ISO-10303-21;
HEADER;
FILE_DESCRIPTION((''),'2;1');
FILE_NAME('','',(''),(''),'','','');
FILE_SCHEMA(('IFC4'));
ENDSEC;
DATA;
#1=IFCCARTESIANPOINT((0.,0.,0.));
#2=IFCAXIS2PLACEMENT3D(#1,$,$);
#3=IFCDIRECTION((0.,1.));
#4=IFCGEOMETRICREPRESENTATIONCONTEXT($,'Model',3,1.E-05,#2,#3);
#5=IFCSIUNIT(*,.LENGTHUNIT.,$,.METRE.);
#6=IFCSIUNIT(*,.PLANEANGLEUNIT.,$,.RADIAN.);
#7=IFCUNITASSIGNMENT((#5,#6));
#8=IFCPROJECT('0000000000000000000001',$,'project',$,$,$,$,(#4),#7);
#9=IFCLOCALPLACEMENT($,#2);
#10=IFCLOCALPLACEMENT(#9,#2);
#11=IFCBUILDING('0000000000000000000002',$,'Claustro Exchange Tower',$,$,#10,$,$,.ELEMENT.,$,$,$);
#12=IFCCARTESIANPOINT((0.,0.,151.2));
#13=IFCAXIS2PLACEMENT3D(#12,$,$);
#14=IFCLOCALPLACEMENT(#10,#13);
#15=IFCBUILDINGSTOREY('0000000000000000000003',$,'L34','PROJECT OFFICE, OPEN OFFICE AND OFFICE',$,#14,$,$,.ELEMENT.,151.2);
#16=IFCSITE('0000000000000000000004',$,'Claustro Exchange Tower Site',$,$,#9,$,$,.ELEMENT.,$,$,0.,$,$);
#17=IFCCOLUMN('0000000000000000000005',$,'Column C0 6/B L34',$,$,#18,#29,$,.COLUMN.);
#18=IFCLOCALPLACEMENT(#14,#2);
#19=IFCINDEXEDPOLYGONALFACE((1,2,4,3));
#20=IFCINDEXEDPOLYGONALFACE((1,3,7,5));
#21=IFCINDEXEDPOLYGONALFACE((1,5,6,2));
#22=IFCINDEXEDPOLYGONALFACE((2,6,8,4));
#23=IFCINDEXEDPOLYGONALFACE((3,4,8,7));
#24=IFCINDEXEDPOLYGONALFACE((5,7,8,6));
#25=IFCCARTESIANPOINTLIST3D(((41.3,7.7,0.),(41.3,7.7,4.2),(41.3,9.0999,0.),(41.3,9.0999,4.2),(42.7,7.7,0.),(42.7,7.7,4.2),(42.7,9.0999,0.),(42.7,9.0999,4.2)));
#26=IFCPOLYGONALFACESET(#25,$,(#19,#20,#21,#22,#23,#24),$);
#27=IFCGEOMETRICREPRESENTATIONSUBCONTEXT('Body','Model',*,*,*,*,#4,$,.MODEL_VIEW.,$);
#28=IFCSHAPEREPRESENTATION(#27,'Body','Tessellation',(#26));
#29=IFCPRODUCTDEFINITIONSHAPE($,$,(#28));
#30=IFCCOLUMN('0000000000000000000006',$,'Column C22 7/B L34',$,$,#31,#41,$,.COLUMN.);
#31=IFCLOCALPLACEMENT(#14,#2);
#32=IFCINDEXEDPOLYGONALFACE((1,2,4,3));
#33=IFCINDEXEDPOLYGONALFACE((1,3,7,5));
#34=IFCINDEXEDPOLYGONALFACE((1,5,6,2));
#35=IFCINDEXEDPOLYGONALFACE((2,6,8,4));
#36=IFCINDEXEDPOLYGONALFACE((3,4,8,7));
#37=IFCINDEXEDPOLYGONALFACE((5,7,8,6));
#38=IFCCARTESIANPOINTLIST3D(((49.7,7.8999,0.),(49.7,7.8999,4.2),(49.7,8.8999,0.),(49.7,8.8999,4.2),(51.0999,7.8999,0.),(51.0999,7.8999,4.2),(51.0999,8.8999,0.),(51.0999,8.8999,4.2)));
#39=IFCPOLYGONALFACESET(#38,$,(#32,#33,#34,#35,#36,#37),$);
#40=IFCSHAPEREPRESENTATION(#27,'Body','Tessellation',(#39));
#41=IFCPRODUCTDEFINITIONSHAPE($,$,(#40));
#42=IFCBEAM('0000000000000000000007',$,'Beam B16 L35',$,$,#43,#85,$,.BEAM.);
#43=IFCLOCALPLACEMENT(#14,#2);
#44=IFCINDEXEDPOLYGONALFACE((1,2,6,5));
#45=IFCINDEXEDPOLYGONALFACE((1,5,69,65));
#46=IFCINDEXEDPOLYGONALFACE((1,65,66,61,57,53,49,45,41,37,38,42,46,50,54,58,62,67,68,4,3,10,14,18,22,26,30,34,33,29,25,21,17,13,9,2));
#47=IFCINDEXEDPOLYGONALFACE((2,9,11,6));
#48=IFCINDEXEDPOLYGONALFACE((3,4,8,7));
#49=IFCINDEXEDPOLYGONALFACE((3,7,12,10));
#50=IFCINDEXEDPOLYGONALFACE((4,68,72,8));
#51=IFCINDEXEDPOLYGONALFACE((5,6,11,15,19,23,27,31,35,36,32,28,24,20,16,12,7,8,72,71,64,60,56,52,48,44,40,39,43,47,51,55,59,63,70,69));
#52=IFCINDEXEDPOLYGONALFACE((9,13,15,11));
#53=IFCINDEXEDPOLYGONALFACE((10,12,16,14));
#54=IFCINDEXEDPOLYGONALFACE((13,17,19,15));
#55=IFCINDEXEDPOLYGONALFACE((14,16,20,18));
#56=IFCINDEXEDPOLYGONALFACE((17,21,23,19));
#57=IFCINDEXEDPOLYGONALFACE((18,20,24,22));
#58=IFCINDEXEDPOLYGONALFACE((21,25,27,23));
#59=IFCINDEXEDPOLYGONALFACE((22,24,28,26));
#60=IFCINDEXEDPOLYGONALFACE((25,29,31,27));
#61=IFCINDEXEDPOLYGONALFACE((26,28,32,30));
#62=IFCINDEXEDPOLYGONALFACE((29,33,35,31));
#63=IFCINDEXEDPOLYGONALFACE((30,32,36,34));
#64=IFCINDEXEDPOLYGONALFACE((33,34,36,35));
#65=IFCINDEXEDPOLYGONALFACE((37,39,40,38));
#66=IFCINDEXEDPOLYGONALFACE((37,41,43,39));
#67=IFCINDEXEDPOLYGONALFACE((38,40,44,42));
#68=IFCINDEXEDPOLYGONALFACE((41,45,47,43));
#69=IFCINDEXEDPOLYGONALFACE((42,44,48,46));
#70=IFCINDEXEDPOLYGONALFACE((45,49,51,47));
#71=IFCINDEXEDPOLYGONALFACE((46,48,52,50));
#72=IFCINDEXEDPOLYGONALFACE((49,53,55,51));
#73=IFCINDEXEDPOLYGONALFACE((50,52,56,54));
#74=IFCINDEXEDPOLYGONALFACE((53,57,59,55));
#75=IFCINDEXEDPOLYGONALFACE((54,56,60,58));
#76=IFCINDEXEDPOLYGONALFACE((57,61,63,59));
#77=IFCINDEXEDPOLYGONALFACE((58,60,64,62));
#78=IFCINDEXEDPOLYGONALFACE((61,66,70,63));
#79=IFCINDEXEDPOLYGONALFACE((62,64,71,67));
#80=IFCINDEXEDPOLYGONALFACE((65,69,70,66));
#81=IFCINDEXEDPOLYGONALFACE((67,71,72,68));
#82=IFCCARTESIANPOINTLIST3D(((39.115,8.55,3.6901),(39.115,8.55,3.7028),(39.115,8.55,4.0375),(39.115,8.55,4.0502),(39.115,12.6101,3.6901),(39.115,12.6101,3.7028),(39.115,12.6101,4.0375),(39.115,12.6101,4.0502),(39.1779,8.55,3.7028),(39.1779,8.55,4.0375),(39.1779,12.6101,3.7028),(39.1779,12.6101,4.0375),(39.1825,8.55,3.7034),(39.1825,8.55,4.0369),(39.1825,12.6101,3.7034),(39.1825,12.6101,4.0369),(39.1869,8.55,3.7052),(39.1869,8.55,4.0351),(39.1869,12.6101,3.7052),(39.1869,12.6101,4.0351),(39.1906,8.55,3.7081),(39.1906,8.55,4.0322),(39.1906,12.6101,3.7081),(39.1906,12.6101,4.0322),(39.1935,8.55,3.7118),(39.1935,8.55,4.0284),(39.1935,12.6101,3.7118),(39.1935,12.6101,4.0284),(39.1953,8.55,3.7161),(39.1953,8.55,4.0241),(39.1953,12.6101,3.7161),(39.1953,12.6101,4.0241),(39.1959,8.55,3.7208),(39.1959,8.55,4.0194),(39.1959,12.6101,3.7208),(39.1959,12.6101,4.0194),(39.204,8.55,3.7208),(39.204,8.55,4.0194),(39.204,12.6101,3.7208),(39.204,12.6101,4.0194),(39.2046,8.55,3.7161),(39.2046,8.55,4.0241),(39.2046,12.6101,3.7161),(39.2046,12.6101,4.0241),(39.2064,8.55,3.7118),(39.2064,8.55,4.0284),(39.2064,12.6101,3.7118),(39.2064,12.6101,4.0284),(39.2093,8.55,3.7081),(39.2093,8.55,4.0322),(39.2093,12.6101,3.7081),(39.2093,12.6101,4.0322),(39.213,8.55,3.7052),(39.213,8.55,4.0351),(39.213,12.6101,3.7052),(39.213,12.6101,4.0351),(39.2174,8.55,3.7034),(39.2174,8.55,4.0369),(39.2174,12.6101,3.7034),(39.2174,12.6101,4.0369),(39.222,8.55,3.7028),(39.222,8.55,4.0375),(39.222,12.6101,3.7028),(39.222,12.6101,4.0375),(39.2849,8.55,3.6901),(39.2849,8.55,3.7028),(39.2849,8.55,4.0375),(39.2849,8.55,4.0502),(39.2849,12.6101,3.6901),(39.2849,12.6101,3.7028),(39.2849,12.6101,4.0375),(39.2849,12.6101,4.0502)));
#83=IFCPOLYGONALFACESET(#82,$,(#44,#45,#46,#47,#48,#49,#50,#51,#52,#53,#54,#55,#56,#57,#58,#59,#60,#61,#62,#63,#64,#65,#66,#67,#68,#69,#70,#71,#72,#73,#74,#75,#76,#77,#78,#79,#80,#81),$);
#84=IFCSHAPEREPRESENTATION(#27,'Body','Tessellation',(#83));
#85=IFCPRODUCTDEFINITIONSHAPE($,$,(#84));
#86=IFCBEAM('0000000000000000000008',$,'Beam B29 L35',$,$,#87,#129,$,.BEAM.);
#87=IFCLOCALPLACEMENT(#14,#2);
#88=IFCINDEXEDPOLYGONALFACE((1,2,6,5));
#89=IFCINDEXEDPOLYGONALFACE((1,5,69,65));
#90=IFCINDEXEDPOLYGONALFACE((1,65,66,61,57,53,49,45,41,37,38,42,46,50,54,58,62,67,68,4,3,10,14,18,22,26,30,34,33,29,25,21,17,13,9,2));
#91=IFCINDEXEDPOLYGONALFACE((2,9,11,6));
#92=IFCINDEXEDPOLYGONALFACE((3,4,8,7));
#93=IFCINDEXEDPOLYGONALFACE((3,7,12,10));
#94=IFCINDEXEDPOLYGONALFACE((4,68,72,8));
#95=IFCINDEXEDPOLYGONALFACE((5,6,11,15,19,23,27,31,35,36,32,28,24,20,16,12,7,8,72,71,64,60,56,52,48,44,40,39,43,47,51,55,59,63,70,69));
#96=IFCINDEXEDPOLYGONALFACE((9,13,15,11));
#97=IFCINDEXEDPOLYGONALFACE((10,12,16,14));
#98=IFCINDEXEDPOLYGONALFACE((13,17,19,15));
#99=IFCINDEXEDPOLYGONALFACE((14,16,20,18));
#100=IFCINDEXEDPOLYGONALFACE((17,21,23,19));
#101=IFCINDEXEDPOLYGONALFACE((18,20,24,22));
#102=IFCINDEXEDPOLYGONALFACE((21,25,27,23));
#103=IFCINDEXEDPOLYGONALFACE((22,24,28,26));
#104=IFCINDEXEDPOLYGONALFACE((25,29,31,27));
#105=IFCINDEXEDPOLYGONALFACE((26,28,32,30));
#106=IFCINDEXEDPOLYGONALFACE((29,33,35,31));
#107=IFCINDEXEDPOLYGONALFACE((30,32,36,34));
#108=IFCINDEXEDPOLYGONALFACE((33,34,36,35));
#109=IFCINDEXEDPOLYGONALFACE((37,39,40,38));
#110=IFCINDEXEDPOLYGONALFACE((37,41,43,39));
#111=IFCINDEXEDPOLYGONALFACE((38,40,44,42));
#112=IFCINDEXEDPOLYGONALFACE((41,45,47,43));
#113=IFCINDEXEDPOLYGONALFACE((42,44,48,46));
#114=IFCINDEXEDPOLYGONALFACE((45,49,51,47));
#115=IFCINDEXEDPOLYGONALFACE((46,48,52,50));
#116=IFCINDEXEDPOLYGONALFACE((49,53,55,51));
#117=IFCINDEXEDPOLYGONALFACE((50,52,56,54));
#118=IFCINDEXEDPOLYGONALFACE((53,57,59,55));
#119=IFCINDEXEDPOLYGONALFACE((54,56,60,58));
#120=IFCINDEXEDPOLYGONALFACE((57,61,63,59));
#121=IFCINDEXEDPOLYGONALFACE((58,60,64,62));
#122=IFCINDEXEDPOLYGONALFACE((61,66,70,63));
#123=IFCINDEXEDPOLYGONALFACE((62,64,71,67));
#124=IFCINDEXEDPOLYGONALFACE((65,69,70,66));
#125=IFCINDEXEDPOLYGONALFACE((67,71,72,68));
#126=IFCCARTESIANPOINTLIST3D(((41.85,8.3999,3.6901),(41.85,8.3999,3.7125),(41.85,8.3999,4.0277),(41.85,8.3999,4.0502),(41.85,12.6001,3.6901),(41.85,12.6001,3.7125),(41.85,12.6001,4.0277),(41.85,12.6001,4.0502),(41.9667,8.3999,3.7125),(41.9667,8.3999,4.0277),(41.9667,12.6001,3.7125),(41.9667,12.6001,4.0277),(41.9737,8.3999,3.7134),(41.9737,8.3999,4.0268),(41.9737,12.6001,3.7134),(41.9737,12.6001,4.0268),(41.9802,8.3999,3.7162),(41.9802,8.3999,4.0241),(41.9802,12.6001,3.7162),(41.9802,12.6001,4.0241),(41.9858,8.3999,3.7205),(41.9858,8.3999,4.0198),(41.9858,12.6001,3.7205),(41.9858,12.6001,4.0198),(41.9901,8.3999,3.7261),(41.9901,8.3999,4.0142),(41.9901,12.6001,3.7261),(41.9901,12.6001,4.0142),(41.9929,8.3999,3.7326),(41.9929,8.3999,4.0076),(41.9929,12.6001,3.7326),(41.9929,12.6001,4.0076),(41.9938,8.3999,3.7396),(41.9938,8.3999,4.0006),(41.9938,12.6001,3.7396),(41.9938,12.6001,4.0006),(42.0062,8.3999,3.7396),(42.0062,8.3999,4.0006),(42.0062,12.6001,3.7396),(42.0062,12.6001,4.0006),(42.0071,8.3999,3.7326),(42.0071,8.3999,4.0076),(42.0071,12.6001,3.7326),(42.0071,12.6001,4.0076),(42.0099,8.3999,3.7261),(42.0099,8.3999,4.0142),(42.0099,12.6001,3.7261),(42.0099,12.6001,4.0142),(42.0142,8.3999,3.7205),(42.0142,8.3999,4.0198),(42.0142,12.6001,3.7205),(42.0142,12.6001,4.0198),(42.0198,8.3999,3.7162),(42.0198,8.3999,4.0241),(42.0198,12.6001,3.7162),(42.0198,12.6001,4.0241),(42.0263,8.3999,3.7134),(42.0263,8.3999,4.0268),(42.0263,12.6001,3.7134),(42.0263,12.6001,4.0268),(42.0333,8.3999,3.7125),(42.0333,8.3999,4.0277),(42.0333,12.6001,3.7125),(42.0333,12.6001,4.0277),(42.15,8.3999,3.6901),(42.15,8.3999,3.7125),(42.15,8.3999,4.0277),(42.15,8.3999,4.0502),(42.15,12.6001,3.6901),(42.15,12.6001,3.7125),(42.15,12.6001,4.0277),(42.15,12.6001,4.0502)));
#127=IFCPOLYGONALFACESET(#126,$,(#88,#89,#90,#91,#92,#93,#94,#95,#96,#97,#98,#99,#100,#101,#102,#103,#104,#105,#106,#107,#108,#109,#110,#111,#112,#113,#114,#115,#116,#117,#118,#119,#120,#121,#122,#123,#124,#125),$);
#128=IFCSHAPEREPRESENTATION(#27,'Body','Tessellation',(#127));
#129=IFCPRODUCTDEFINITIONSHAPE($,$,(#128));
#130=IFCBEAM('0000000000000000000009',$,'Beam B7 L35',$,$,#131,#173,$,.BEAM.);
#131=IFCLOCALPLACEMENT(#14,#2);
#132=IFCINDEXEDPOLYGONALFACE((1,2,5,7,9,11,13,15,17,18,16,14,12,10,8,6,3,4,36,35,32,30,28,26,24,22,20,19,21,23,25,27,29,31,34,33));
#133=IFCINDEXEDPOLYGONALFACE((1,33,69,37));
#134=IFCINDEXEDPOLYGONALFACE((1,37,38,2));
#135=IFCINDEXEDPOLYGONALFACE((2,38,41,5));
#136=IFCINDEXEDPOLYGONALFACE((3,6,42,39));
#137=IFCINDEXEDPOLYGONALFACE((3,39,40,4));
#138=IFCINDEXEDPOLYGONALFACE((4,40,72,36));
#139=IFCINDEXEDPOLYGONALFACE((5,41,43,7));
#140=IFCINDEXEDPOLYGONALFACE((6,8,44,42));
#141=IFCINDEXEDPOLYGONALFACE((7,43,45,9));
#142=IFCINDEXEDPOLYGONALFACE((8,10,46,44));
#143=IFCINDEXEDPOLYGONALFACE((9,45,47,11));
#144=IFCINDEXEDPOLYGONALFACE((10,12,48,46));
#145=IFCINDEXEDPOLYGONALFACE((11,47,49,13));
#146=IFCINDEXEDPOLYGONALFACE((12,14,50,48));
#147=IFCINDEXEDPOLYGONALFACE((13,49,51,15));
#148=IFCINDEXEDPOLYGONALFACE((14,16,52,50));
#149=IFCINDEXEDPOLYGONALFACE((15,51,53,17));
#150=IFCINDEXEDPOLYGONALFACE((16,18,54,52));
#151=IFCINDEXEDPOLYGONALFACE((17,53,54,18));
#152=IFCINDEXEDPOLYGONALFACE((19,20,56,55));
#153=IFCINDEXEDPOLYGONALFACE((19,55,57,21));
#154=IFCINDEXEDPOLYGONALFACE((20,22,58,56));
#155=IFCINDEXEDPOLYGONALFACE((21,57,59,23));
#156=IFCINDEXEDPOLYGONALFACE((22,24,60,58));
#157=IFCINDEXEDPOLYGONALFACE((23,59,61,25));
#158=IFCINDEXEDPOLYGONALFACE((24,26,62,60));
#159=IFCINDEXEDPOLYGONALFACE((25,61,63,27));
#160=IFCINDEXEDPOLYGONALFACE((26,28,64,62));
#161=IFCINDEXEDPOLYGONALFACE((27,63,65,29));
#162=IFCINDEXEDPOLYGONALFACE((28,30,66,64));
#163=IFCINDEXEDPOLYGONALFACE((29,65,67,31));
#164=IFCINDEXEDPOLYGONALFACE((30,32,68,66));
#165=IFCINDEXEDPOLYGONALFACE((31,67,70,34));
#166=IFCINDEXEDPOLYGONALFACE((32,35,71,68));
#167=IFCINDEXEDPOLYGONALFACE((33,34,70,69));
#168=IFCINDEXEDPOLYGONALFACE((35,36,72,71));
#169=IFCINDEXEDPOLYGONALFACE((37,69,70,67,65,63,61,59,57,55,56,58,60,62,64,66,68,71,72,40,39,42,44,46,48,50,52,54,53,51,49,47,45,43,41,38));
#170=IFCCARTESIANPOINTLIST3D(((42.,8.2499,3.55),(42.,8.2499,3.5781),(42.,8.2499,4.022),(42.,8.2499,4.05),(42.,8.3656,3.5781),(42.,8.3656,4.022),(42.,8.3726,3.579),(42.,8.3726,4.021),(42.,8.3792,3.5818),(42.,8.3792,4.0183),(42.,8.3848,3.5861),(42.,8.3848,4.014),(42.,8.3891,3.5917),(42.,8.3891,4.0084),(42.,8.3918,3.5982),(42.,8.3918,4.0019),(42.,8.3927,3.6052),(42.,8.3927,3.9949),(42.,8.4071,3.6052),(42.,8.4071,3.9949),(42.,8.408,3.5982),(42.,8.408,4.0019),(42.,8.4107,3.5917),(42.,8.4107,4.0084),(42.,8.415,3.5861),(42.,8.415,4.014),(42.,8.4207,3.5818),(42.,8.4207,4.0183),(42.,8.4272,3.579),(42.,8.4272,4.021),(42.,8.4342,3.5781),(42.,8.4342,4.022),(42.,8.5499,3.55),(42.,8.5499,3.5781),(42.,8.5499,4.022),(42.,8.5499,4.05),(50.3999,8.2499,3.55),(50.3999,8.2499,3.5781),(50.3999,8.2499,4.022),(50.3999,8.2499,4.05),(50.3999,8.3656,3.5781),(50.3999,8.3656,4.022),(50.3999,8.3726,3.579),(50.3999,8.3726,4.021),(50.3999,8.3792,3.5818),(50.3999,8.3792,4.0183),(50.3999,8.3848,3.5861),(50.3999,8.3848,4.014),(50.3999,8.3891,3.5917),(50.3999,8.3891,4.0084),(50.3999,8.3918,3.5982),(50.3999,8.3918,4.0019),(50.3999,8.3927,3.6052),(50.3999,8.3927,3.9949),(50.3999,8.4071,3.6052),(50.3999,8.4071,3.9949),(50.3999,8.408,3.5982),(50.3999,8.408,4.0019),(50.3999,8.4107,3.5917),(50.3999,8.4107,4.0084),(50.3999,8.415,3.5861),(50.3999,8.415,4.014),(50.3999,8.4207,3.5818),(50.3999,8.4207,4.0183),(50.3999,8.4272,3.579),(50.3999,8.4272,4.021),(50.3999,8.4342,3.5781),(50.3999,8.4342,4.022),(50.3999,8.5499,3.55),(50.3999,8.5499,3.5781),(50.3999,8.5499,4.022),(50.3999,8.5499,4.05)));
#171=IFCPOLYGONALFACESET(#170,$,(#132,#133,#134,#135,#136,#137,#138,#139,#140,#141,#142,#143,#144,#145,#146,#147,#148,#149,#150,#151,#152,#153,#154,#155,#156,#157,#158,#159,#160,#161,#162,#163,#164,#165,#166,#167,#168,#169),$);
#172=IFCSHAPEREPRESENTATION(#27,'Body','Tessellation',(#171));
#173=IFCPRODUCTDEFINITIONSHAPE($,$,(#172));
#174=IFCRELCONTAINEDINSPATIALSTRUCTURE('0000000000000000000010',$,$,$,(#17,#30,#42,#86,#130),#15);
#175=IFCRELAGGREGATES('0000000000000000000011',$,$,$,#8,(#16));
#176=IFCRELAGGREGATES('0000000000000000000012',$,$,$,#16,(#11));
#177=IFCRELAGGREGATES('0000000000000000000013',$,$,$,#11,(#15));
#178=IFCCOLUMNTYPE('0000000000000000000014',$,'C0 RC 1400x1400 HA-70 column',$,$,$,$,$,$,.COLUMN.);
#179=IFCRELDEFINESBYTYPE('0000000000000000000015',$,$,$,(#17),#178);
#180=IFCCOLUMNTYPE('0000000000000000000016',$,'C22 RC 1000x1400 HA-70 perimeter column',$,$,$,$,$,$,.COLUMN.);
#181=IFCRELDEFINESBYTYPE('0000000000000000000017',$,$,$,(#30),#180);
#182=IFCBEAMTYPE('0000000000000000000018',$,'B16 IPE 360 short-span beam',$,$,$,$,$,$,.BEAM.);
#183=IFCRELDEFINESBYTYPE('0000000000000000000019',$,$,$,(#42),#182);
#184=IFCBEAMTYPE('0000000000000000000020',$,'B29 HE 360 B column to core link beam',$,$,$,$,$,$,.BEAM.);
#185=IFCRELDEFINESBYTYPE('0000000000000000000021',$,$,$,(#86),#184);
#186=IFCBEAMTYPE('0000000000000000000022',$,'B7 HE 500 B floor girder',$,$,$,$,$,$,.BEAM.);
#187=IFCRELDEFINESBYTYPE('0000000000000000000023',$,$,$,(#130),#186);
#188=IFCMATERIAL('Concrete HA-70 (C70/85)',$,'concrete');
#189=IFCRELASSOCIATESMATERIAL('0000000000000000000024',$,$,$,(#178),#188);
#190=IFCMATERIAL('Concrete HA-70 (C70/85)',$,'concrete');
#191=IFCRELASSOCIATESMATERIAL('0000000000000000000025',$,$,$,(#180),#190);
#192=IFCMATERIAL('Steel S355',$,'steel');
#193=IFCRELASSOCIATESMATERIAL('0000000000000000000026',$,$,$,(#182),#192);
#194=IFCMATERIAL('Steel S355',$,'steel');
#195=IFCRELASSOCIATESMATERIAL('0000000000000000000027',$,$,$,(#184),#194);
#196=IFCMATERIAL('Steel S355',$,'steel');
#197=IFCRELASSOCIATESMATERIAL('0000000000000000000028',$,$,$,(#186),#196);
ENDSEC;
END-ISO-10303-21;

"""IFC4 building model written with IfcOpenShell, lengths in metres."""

from ifc_helpers import new_model, si_unit, direction, frame, origin, origin_2d, place, context, subcontext, project, spatial, rectangle, i_section, extrude, material, material_profile, profile_set, type_object, element, save


model = new_model("IFC4")

# Units and contexts
model_context = context("Model", 3, precision=1e-05, world=origin(), true_north=direction((0.0, 1.0)))
body_context = subcontext(model_context, "Body", "Model", "MODEL_VIEW")
ifc_project = project(units=[si_unit("LENGTHUNIT", "METRE"), si_unit("PLANEANGLEUNIT", "RADIAN")], contexts=[model_context])

# Site, building, storey
site_placement = place(None, origin())
site = spatial("IfcSite", under=ifc_project, at=site_placement, Name="Claustro Exchange Tower Site", CompositionType="ELEMENT", RefElevation=0.0)
building_placement = place(site_placement, origin())
building = spatial("IfcBuilding", under=site, at=building_placement, Name="Claustro Exchange Tower", CompositionType="ELEMENT")
storey_placement = place(building_placement, frame((0.0, 0.0, 151.2)))
storey = spatial("IfcBuildingStorey", under=building, at=storey_placement, Name="L34", Description="PROJECT OFFICE, OPEN OFFICE AND OFFICE", CompositionType="ELEMENT", Elevation=151.2)

# Columns
ifc_material_1 = material(Name="Concrete HA-70 (C70/85)", Category="concrete")
ifc_material_profile_1 = material_profile(ifc_material_1, rectangle(XDim=1.3999, YDim=1.3999, at=origin_2d()), Name="RC 1400x1400")
ifc_profile_set_1 = profile_set([ifc_material_profile_1], Name="Concrete HA-70 (C70/85)")
column_type_1 = type_object("IfcColumnType", Name="C0 RC 1400x1400 HA-70 column", PredefinedType="COLUMN", material=ifc_profile_set_1)
column_1_placement = place(storey_placement, frame((42.0, 8.3999, 0.0), z_axis=(0.0, 0.0, 1.0), x_axis=(1.0, 0.0, 0.0)))
element("IfcColumn", 1, at=column_1_placement, inside=storey, type_object=column_type_1, Name="Column C0 6/B L34", PredefinedType="COLUMN", context=body_context, shape_type="SweptSolid", body=[
    extrude(rectangle(XDim=1.3999, YDim=1.3999, at=origin_2d()), origin(), (0.0, 0.0, 1.0), 4.2),
])
ifc_material_2 = material(Name="Concrete HA-70 (C70/85)", Category="concrete")
ifc_material_profile_2 = material_profile(ifc_material_2, rectangle(XDim=1.0, YDim=1.3999, at=origin_2d()), Name="RC 1000x1400")
ifc_profile_set_2 = profile_set([ifc_material_profile_2], Name="Concrete HA-70 (C70/85)")
column_type_2 = type_object("IfcColumnType", Name="C22 RC 1000x1400 HA-70 perimeter column", PredefinedType="COLUMN", material=ifc_profile_set_2)
column_2_placement = place(storey_placement, frame((50.3999, 8.3999, 0.0), z_axis=(0.0, 0.0, 1.0), x_axis=(0.0, 1.0, 0.0)))
element("IfcColumn", 2, at=column_2_placement, inside=storey, type_object=column_type_2, Name="Column C22 7/B L34", PredefinedType="COLUMN", context=body_context, shape_type="SweptSolid", body=[
    extrude(rectangle(XDim=1.0, YDim=1.3999, at=origin_2d()), origin(), (0.0, 0.0, 1.0), 4.2),
])

# Beams
ifc_material_3 = material(Name="Steel S355", Category="steel")
ifc_material_profile_3 = material_profile(ifc_material_3, i_section(OverallWidth=0.1699, OverallDepth=0.3601, WebThickness=0.0081, FlangeThickness=0.0127, FilletRadius=0.0181, at=origin_2d()), Name="IPE 360")
ifc_profile_set_3 = profile_set([ifc_material_profile_3], Name="Steel S355")
beam_type_1 = type_object("IfcBeamType", Name="B16 IPE 360 short-span beam", PredefinedType="BEAM", material=ifc_profile_set_3)
beam_1_placement = place(storey_placement, frame((39.2, 8.55, 3.8701), z_axis=(0.0, 1.0, 0.0), x_axis=(-1.0, 0.0, 0.0)))
element("IfcBeam", 3, at=beam_1_placement, inside=storey, type_object=beam_type_1, Name="Beam B16 L35", PredefinedType="BEAM", context=body_context, shape_type="SweptSolid", body=[
    extrude(i_section(OverallWidth=0.1699, OverallDepth=0.3601, WebThickness=0.0081, FlangeThickness=0.0127, FilletRadius=0.0181, at=origin_2d()), origin(), (0.0, 0.0, 1.0), 4.0601),
])
ifc_material_4 = material(Name="Steel S355", Category="steel")
ifc_material_profile_4 = material_profile(ifc_material_4, i_section(OverallWidth=0.3, OverallDepth=0.3601, WebThickness=0.0125, FlangeThickness=0.0225, FilletRadius=0.0271, at=origin_2d()), Name="HE 360 B")
ifc_profile_set_4 = profile_set([ifc_material_profile_4], Name="Steel S355")
beam_type_2 = type_object("IfcBeamType", Name="B29 HE 360 B column to core link beam", PredefinedType="BEAM", material=ifc_profile_set_4)
beam_2_placement = place(storey_placement, frame((42.0, 8.3999, 3.8701), z_axis=(0.0, 1.0, 0.0), x_axis=(-1.0, 0.0, 0.0)))
element("IfcBeam", 4, at=beam_2_placement, inside=storey, type_object=beam_type_2, Name="Beam B29 L35", PredefinedType="BEAM", context=body_context, shape_type="SweptSolid", body=[
    extrude(i_section(OverallWidth=0.3, OverallDepth=0.3601, WebThickness=0.0125, FlangeThickness=0.0225, FilletRadius=0.0271, at=origin_2d()), origin(), (0.0, 0.0, 1.0), 4.2002),
])
ifc_material_5 = material(Name="Steel S355", Category="steel")
ifc_material_profile_5 = material_profile(ifc_material_5, i_section(OverallWidth=0.3, OverallDepth=0.5, WebThickness=0.0144, FlangeThickness=0.0281, FilletRadius=0.0271, at=origin_2d()), Name="HE 500 B")
ifc_profile_set_5 = profile_set([ifc_material_profile_5], Name="Steel S355")
beam_type_3 = type_object("IfcBeamType", Name="B7 HE 500 B floor girder", PredefinedType="BEAM", material=ifc_profile_set_5)
beam_3_placement = place(storey_placement, frame((42.0, 8.3999, 3.8), z_axis=(1.0, 0.0, 0.0), x_axis=(0.0, 1.0, 0.0)))
element("IfcBeam", 5, at=beam_3_placement, inside=storey, type_object=beam_type_3, Name="Beam B7 L35", PredefinedType="BEAM", context=body_context, shape_type="SweptSolid", body=[
    extrude(i_section(OverallWidth=0.3, OverallDepth=0.5, WebThickness=0.0144, FlangeThickness=0.0281, FilletRadius=0.0271, at=origin_2d()), origin(), (0.0, 0.0, 1.0), 8.3999),
])

save(model, "model.ifc")
